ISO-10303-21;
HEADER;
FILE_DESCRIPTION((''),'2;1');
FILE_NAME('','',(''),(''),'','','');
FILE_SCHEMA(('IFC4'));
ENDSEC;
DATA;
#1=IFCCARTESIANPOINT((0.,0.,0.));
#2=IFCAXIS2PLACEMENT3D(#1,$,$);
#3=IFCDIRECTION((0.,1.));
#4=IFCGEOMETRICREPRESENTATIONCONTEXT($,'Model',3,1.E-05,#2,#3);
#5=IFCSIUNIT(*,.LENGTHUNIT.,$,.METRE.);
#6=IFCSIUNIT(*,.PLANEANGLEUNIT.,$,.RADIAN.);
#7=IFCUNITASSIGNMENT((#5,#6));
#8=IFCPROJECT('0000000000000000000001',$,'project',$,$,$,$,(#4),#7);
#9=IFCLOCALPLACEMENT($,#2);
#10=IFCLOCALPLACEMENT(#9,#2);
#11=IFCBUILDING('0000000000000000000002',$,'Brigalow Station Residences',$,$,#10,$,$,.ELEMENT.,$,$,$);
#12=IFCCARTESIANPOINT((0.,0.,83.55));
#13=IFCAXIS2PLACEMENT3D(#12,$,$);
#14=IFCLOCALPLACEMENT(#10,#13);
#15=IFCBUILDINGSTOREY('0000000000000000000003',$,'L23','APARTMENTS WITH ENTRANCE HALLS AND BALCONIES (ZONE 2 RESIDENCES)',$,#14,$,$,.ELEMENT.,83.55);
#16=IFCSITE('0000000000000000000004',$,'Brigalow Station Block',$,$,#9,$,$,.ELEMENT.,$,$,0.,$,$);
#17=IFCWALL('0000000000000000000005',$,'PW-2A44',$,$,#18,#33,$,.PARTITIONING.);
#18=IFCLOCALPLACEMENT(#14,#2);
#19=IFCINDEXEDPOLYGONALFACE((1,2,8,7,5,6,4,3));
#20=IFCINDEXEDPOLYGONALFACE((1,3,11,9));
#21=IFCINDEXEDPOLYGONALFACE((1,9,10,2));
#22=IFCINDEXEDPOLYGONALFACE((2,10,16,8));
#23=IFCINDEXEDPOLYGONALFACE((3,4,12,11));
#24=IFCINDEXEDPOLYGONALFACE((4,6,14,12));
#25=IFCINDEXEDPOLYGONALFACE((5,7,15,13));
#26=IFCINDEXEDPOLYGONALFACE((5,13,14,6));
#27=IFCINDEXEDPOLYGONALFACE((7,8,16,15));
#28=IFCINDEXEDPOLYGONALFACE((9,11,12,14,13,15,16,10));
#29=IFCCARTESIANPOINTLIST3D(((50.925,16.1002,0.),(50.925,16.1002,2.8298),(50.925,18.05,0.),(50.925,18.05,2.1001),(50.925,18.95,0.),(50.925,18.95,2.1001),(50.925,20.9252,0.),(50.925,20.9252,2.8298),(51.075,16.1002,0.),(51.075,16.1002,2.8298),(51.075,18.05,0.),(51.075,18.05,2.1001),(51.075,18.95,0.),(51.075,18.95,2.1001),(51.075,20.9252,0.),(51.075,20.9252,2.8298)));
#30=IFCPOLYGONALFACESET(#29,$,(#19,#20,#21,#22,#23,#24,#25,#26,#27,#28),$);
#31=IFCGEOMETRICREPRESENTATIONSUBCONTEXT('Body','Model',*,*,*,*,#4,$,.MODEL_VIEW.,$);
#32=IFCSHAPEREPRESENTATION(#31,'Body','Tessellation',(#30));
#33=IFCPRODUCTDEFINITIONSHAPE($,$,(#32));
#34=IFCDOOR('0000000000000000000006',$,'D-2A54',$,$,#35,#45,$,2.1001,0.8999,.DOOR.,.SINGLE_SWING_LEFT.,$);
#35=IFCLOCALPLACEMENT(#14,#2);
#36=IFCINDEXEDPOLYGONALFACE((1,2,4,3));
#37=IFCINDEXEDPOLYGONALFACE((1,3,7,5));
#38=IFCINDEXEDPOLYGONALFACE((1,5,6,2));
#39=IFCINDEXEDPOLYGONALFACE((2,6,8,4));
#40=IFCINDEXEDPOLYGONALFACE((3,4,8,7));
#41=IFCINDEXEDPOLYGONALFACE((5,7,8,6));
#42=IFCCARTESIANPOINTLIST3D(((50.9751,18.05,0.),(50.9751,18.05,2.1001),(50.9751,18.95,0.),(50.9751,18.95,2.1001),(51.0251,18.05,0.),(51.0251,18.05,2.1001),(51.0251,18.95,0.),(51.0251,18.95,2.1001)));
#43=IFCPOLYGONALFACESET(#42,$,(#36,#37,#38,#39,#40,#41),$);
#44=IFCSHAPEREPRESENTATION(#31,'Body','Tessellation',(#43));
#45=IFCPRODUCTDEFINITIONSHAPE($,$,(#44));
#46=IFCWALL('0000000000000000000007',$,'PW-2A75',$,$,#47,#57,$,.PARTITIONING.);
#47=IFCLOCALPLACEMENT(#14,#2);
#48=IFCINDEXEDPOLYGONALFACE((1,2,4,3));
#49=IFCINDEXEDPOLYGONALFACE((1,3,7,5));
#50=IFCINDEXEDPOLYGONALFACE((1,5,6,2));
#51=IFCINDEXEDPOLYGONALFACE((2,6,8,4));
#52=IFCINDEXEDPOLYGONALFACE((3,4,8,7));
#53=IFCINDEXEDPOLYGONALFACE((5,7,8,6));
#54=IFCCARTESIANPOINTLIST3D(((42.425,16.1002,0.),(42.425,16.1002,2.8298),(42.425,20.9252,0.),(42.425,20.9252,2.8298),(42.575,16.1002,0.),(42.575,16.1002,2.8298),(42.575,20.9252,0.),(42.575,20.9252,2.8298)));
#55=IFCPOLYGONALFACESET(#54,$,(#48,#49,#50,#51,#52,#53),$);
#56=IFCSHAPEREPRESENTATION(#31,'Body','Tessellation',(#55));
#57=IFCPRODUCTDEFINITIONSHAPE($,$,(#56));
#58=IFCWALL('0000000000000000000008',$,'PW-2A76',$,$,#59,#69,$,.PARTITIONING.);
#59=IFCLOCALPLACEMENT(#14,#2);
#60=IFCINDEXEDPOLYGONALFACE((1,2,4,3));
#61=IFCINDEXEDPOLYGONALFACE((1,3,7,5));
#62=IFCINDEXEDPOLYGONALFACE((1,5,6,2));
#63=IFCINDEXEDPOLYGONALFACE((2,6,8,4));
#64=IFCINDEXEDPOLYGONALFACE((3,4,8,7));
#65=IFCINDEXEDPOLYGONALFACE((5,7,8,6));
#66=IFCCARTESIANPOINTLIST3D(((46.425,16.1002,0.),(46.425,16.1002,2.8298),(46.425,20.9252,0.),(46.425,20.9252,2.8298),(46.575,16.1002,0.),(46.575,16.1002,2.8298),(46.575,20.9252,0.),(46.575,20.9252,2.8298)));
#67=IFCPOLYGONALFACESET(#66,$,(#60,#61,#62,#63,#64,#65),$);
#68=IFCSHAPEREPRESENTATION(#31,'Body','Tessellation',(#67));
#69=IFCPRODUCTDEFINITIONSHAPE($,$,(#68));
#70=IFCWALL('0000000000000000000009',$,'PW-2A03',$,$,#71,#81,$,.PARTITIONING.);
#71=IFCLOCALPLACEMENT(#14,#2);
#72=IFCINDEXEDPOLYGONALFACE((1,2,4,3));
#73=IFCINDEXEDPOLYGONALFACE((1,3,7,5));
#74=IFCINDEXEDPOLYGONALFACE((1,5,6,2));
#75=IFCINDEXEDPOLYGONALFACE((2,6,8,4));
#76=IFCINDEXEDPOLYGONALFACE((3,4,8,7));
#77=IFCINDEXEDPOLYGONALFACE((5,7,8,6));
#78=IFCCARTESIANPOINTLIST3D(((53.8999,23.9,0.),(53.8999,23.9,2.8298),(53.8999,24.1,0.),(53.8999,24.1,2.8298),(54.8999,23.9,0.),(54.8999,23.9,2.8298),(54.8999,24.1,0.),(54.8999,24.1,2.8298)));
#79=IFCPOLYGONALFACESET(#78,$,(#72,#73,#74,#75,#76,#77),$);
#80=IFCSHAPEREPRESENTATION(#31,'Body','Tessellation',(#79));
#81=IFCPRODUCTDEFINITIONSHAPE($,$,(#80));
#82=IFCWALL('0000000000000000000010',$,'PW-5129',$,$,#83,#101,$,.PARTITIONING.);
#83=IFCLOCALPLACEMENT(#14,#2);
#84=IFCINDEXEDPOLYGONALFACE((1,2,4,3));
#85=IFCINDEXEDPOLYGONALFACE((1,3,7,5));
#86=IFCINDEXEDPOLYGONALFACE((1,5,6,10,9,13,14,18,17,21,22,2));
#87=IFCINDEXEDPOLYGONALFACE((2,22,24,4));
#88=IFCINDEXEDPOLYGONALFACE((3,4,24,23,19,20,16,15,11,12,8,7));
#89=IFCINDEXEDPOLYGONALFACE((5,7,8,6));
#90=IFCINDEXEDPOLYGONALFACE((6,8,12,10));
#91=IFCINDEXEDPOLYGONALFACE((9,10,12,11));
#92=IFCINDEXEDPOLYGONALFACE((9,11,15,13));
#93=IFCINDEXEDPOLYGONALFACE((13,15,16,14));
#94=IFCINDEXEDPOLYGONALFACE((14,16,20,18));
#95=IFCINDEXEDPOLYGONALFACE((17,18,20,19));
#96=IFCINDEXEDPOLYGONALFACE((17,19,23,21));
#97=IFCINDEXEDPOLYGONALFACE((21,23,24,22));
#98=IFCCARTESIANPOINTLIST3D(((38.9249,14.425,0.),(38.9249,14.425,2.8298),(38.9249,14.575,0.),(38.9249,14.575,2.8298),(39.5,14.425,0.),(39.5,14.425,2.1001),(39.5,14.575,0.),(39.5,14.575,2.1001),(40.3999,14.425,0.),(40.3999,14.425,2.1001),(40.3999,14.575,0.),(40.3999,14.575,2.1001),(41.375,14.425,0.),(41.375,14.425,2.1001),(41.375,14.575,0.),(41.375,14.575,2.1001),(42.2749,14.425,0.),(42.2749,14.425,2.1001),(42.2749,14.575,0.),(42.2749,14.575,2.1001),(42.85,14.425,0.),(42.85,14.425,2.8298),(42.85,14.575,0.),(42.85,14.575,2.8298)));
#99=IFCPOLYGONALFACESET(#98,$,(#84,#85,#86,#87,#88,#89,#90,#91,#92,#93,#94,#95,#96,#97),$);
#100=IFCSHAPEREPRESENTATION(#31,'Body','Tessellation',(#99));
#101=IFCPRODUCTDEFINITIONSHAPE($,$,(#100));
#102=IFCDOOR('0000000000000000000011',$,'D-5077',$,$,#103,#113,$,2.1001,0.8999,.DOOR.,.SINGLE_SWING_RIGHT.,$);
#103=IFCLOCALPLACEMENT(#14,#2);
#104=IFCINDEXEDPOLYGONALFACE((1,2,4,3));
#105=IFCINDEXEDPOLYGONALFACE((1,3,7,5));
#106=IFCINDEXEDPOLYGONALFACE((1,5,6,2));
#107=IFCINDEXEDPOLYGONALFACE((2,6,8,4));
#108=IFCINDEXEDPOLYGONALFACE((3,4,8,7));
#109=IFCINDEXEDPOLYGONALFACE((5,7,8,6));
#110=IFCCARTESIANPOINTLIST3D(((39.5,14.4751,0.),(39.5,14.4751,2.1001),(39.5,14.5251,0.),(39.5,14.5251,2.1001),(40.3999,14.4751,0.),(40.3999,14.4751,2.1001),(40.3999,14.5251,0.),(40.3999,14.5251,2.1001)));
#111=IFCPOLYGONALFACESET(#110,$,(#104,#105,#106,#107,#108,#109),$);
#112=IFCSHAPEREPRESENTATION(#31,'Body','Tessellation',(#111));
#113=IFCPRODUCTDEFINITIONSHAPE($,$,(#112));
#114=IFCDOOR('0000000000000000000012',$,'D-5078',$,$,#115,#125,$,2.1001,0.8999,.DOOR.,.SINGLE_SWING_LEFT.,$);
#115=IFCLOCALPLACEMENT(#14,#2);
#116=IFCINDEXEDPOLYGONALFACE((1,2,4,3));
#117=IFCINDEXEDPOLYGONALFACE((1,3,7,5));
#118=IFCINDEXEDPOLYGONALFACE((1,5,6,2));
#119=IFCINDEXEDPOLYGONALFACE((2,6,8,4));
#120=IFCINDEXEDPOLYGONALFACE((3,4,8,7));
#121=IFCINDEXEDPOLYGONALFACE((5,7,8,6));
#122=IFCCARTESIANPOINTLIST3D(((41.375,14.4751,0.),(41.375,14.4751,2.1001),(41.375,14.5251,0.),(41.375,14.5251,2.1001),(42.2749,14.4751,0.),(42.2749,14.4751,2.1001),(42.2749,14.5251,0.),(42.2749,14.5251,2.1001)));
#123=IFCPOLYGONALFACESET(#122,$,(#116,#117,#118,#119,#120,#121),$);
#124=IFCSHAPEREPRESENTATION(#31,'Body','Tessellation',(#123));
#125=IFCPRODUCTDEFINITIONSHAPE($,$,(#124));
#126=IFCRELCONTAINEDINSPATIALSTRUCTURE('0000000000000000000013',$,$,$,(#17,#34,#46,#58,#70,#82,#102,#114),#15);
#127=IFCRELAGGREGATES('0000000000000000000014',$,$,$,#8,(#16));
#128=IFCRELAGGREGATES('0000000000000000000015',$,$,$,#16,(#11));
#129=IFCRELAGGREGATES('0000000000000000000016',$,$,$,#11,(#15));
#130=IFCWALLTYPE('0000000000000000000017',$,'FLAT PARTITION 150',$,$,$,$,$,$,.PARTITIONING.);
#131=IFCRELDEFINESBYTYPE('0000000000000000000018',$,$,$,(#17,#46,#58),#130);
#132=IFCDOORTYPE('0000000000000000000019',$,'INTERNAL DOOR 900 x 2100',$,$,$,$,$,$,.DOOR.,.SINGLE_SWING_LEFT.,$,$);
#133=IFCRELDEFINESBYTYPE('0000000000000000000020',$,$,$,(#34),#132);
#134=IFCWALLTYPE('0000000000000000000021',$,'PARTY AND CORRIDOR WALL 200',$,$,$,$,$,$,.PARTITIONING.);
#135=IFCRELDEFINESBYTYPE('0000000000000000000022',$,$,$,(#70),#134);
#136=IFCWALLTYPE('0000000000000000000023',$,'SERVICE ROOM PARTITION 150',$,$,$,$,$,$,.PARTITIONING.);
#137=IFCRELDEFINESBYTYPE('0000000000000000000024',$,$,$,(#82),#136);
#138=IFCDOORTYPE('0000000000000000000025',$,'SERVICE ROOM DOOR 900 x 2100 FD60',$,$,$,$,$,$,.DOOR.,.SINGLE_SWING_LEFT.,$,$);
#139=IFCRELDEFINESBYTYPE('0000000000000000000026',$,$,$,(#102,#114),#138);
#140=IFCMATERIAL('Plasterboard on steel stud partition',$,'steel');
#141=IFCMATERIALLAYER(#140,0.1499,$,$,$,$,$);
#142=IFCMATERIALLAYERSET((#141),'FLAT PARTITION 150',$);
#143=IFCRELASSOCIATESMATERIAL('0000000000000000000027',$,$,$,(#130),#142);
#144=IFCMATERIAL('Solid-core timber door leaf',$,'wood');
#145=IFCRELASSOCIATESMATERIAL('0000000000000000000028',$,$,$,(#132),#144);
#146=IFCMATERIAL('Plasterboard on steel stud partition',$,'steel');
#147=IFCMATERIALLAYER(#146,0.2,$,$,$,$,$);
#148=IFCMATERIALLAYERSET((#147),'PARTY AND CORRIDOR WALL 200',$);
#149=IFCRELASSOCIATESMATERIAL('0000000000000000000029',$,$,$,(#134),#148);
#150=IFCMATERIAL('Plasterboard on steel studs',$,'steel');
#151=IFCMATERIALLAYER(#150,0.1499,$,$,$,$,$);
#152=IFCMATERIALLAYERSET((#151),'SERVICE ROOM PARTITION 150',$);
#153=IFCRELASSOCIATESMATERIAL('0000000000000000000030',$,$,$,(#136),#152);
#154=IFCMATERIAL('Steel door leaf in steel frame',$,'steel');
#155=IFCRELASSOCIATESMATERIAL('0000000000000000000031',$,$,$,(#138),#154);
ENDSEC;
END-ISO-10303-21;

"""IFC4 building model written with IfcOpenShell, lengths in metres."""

from ifc_helpers import new_model, si_unit, direction, frame, frame_2d, origin, place, context, subcontext, project, spatial, rectangle, extrude, material, layer, layer_set, type_object, element, fill, save


model = new_model("IFC4")

# Units and contexts
model_context = context("Model", 3, precision=1e-05, world=origin(), true_north=direction((0.0, 1.0)))
body_context = subcontext(model_context, "Body", "Model", "MODEL_VIEW")
ifc_project = project(units=[si_unit("LENGTHUNIT", "METRE"), si_unit("PLANEANGLEUNIT", "RADIAN")], contexts=[model_context])

# Site, building, storey
site_placement = place(None, origin())
site = spatial("IfcSite", under=ifc_project, at=site_placement, Name="Brigalow Station Block", CompositionType="ELEMENT", RefElevation=0.0)
building_placement = place(site_placement, origin())
building = spatial("IfcBuilding", under=site, at=building_placement, Name="Brigalow Station Residences", CompositionType="ELEMENT")
storey_placement = place(building_placement, frame((0.0, 0.0, 83.55)))
storey = spatial("IfcBuildingStorey", under=building, at=storey_placement, Name="L23", Description="APARTMENTS WITH ENTRANCE HALLS AND BALCONIES (ZONE 2 RESIDENCES)", CompositionType="ELEMENT", Elevation=83.55)

# Wall, opening, door
ifc_material_1 = material(Name="Plasterboard on steel stud partition", Category="steel")
ifc_layer_1 = layer(ifc_material_1, 0.1499)
ifc_layer_set_1 = layer_set([ifc_layer_1], Name="FLAT PARTITION 150")
wall_type_1 = type_object("IfcWallType", Name="FLAT PARTITION 150", PredefinedType="PARTITIONING", material=ifc_layer_set_1)
wall_1_placement = place(storey_placement, frame((51.0, 16.1001, 0.0), z_axis=(0.0, 0.0, 1.0), x_axis=(0.0, 1.0, 0.0)))
wall_1 = element("IfcWall", 1, at=wall_1_placement, inside=storey, type_object=wall_type_1, Name="PW-2A44", PredefinedType="PARTITIONING", context=body_context, shape_type="SweptSolid", body=[
    extrude(rectangle(XDim=4.825, YDim=0.1499, at=frame_2d((2.4126, 0.0))), origin(), (0.0, 0.0, 1.0), 2.8298),
])
opening_1_placement = place(wall_1_placement, frame((1.95, 0.0, 0.0)))
opening_1 = element("IfcOpeningElement", 2, at=opening_1_placement, cuts=wall_1, PredefinedType="OPENING", context=body_context, shape_type="SweptSolid", body=[
    extrude(rectangle(XDim=0.8999, YDim=2.1001, at=frame_2d((0.45, 1.05))), frame((0.0, 0.085, 0.0), z_axis=(0.0, -1.0, 0.0), x_axis=(1.0, 0.0, 0.0)), (0.0, 0.0, 1.0), 0.1699),
])
ifc_material_2 = material(Name="Solid-core timber door leaf", Category="wood")
door_type_1 = type_object("IfcDoorType", Name="INTERNAL DOOR 900 x 2100", OperationType="SINGLE_SWING_LEFT", PredefinedType="DOOR", material=ifc_material_2)
door_1_placement = place(opening_1_placement, origin())
door_1 = element("IfcDoor", 3, at=door_1_placement, inside=storey, type_object=door_type_1, Name="D-2A54", OperationType="SINGLE_SWING_LEFT", OverallHeight=2.1001, OverallWidth=0.8999, PredefinedType="DOOR", context=body_context, shape_type="SweptSolid", body=[
    extrude(rectangle(XDim=0.8999, YDim=2.1001, at=frame_2d((0.45, 1.05))), frame((0.0, 0.0249, 0.0), z_axis=(0.0, -1.0, 0.0), x_axis=(1.0, 0.0, 0.0)), (0.0, 0.0, 1.0), 0.05),
])
fill(opening_1, door_1)

# Walls
for number, where, z_axis, x_axis, name in (
    (4, (42.5, 16.1001, 0.0), (0.0, 0.0, 1.0), (0.0, 1.0, 0.0), "PW-2A75"),
    (5, (46.5, 16.1001, 0.0), (0.0, 0.0, 1.0), (0.0, 1.0, 0.0), "PW-2A76"),
):
    element("IfcWall", number, at=place(storey_placement, frame(where, z_axis=z_axis, x_axis=x_axis)), inside=storey, type_object=wall_type_1, Name=name, PredefinedType="PARTITIONING", context=body_context, shape_type="SweptSolid", body=[
        extrude(rectangle(XDim=4.825, YDim=0.1499, at=frame_2d((2.4126, 0.0))), origin(), (0.0, 0.0, 1.0), 2.8298),
    ])
ifc_material_3 = material(Name="Plasterboard on steel stud partition", Category="steel")
ifc_layer_2 = layer(ifc_material_3, 0.2)
ifc_layer_set_2 = layer_set([ifc_layer_2], Name="PARTY AND CORRIDOR WALL 200")
wall_type_2 = type_object("IfcWallType", Name="PARTY AND CORRIDOR WALL 200", PredefinedType="PARTITIONING", material=ifc_layer_set_2)
wall_2_placement = place(storey_placement, frame((53.8999, 24.0, 0.0), z_axis=(0.0, 0.0, 1.0), x_axis=(1.0, 0.0, 0.0)))
element("IfcWall", 6, at=wall_2_placement, inside=storey, type_object=wall_type_2, Name="PW-2A03", PredefinedType="PARTITIONING", context=body_context, shape_type="SweptSolid", body=[
    extrude(rectangle(XDim=1.0, YDim=0.2, at=frame_2d((0.5, 0.0))), origin(), (0.0, 0.0, 1.0), 2.8298),
])

# Wall, openings, doors
ifc_material_4 = material(Name="Plasterboard on steel studs", Category="steel")
ifc_layer_3 = layer(ifc_material_4, 0.1499)
ifc_layer_set_3 = layer_set([ifc_layer_3], Name="SERVICE ROOM PARTITION 150")
wall_type_3 = type_object("IfcWallType", Name="SERVICE ROOM PARTITION 150", PredefinedType="PARTITIONING", material=ifc_layer_set_3)
wall_3_placement = place(storey_placement, frame((38.925, 14.5, 0.0), z_axis=(0.0, 0.0, 1.0), x_axis=(1.0, 0.0, 0.0)))
wall_3 = element("IfcWall", 7, at=wall_3_placement, inside=storey, type_object=wall_type_3, Name="PW-5129", PredefinedType="PARTITIONING", context=body_context, shape_type="SweptSolid", body=[
    extrude(rectangle(XDim=3.925, YDim=0.1499, at=frame_2d((1.9624, 0.0))), origin(), (0.0, 0.0, 1.0), 2.8298),
])
opening_2_placement = place(wall_3_placement, frame((0.575, 0.0, 0.0)))
opening_2 = element("IfcOpeningElement", 8, at=opening_2_placement, cuts=wall_3, PredefinedType="OPENING", context=body_context, shape_type="SweptSolid", body=[
    extrude(rectangle(XDim=0.8999, YDim=2.1001, at=frame_2d((0.45, 1.05))), frame((0.0, 0.085, 0.0), z_axis=(0.0, -1.0, 0.0), x_axis=(1.0, 0.0, 0.0)), (0.0, 0.0, 1.0), 0.1699),
])
opening_3_placement = place(wall_3_placement, frame((2.45, 0.0, 0.0)))
opening_3 = element("IfcOpeningElement", 9, at=opening_3_placement, cuts=wall_3, PredefinedType="OPENING", context=body_context, shape_type="SweptSolid", body=[
    extrude(rectangle(XDim=0.8999, YDim=2.1001, at=frame_2d((0.45, 1.05))), frame((0.0, 0.085, 0.0), z_axis=(0.0, -1.0, 0.0), x_axis=(1.0, 0.0, 0.0)), (0.0, 0.0, 1.0), 0.1699),
])
ifc_material_5 = material(Name="Steel door leaf in steel frame", Category="steel")
door_type_2 = type_object("IfcDoorType", Name="SERVICE ROOM DOOR 900 x 2100 FD60", OperationType="SINGLE_SWING_LEFT", PredefinedType="DOOR", material=ifc_material_5)
door_2_placement = place(opening_2_placement, frame((0.8999, 0.0, 0.0), z_axis=(0.0, 0.0, 1.0), x_axis=(-1.0, 0.0, 0.0)))
door_2 = element("IfcDoor", 10, at=door_2_placement, inside=storey, type_object=door_type_2, Name="D-5077", OperationType="SINGLE_SWING_RIGHT", OverallHeight=2.1001, OverallWidth=0.8999, PredefinedType="DOOR", context=body_context, shape_type="SweptSolid", body=[
    extrude(rectangle(XDim=0.8999, YDim=2.1001, at=frame_2d((0.45, 1.05))), frame((0.0, 0.0249, 0.0), z_axis=(0.0, -1.0, 0.0), x_axis=(1.0, 0.0, 0.0)), (0.0, 0.0, 1.0), 0.05),
])
fill(opening_2, door_2)
door_3_placement = place(opening_3_placement, frame((0.8999, 0.0, 0.0), z_axis=(0.0, 0.0, 1.0), x_axis=(-1.0, 0.0, 0.0)))
door_3 = element("IfcDoor", 11, at=door_3_placement, inside=storey, type_object=door_type_2, Name="D-5078", OperationType="SINGLE_SWING_LEFT", OverallHeight=2.1001, OverallWidth=0.8999, PredefinedType="DOOR", context=body_context, shape_type="SweptSolid", body=[
    extrude(rectangle(XDim=0.8999, YDim=2.1001, at=frame_2d((0.45, 1.05))), frame((0.0, 0.0249, 0.0), z_axis=(0.0, -1.0, 0.0), x_axis=(1.0, 0.0, 0.0)), (0.0, 0.0, 1.0), 0.05),
])
fill(opening_3, door_3)

save(model, "model.ifc")
